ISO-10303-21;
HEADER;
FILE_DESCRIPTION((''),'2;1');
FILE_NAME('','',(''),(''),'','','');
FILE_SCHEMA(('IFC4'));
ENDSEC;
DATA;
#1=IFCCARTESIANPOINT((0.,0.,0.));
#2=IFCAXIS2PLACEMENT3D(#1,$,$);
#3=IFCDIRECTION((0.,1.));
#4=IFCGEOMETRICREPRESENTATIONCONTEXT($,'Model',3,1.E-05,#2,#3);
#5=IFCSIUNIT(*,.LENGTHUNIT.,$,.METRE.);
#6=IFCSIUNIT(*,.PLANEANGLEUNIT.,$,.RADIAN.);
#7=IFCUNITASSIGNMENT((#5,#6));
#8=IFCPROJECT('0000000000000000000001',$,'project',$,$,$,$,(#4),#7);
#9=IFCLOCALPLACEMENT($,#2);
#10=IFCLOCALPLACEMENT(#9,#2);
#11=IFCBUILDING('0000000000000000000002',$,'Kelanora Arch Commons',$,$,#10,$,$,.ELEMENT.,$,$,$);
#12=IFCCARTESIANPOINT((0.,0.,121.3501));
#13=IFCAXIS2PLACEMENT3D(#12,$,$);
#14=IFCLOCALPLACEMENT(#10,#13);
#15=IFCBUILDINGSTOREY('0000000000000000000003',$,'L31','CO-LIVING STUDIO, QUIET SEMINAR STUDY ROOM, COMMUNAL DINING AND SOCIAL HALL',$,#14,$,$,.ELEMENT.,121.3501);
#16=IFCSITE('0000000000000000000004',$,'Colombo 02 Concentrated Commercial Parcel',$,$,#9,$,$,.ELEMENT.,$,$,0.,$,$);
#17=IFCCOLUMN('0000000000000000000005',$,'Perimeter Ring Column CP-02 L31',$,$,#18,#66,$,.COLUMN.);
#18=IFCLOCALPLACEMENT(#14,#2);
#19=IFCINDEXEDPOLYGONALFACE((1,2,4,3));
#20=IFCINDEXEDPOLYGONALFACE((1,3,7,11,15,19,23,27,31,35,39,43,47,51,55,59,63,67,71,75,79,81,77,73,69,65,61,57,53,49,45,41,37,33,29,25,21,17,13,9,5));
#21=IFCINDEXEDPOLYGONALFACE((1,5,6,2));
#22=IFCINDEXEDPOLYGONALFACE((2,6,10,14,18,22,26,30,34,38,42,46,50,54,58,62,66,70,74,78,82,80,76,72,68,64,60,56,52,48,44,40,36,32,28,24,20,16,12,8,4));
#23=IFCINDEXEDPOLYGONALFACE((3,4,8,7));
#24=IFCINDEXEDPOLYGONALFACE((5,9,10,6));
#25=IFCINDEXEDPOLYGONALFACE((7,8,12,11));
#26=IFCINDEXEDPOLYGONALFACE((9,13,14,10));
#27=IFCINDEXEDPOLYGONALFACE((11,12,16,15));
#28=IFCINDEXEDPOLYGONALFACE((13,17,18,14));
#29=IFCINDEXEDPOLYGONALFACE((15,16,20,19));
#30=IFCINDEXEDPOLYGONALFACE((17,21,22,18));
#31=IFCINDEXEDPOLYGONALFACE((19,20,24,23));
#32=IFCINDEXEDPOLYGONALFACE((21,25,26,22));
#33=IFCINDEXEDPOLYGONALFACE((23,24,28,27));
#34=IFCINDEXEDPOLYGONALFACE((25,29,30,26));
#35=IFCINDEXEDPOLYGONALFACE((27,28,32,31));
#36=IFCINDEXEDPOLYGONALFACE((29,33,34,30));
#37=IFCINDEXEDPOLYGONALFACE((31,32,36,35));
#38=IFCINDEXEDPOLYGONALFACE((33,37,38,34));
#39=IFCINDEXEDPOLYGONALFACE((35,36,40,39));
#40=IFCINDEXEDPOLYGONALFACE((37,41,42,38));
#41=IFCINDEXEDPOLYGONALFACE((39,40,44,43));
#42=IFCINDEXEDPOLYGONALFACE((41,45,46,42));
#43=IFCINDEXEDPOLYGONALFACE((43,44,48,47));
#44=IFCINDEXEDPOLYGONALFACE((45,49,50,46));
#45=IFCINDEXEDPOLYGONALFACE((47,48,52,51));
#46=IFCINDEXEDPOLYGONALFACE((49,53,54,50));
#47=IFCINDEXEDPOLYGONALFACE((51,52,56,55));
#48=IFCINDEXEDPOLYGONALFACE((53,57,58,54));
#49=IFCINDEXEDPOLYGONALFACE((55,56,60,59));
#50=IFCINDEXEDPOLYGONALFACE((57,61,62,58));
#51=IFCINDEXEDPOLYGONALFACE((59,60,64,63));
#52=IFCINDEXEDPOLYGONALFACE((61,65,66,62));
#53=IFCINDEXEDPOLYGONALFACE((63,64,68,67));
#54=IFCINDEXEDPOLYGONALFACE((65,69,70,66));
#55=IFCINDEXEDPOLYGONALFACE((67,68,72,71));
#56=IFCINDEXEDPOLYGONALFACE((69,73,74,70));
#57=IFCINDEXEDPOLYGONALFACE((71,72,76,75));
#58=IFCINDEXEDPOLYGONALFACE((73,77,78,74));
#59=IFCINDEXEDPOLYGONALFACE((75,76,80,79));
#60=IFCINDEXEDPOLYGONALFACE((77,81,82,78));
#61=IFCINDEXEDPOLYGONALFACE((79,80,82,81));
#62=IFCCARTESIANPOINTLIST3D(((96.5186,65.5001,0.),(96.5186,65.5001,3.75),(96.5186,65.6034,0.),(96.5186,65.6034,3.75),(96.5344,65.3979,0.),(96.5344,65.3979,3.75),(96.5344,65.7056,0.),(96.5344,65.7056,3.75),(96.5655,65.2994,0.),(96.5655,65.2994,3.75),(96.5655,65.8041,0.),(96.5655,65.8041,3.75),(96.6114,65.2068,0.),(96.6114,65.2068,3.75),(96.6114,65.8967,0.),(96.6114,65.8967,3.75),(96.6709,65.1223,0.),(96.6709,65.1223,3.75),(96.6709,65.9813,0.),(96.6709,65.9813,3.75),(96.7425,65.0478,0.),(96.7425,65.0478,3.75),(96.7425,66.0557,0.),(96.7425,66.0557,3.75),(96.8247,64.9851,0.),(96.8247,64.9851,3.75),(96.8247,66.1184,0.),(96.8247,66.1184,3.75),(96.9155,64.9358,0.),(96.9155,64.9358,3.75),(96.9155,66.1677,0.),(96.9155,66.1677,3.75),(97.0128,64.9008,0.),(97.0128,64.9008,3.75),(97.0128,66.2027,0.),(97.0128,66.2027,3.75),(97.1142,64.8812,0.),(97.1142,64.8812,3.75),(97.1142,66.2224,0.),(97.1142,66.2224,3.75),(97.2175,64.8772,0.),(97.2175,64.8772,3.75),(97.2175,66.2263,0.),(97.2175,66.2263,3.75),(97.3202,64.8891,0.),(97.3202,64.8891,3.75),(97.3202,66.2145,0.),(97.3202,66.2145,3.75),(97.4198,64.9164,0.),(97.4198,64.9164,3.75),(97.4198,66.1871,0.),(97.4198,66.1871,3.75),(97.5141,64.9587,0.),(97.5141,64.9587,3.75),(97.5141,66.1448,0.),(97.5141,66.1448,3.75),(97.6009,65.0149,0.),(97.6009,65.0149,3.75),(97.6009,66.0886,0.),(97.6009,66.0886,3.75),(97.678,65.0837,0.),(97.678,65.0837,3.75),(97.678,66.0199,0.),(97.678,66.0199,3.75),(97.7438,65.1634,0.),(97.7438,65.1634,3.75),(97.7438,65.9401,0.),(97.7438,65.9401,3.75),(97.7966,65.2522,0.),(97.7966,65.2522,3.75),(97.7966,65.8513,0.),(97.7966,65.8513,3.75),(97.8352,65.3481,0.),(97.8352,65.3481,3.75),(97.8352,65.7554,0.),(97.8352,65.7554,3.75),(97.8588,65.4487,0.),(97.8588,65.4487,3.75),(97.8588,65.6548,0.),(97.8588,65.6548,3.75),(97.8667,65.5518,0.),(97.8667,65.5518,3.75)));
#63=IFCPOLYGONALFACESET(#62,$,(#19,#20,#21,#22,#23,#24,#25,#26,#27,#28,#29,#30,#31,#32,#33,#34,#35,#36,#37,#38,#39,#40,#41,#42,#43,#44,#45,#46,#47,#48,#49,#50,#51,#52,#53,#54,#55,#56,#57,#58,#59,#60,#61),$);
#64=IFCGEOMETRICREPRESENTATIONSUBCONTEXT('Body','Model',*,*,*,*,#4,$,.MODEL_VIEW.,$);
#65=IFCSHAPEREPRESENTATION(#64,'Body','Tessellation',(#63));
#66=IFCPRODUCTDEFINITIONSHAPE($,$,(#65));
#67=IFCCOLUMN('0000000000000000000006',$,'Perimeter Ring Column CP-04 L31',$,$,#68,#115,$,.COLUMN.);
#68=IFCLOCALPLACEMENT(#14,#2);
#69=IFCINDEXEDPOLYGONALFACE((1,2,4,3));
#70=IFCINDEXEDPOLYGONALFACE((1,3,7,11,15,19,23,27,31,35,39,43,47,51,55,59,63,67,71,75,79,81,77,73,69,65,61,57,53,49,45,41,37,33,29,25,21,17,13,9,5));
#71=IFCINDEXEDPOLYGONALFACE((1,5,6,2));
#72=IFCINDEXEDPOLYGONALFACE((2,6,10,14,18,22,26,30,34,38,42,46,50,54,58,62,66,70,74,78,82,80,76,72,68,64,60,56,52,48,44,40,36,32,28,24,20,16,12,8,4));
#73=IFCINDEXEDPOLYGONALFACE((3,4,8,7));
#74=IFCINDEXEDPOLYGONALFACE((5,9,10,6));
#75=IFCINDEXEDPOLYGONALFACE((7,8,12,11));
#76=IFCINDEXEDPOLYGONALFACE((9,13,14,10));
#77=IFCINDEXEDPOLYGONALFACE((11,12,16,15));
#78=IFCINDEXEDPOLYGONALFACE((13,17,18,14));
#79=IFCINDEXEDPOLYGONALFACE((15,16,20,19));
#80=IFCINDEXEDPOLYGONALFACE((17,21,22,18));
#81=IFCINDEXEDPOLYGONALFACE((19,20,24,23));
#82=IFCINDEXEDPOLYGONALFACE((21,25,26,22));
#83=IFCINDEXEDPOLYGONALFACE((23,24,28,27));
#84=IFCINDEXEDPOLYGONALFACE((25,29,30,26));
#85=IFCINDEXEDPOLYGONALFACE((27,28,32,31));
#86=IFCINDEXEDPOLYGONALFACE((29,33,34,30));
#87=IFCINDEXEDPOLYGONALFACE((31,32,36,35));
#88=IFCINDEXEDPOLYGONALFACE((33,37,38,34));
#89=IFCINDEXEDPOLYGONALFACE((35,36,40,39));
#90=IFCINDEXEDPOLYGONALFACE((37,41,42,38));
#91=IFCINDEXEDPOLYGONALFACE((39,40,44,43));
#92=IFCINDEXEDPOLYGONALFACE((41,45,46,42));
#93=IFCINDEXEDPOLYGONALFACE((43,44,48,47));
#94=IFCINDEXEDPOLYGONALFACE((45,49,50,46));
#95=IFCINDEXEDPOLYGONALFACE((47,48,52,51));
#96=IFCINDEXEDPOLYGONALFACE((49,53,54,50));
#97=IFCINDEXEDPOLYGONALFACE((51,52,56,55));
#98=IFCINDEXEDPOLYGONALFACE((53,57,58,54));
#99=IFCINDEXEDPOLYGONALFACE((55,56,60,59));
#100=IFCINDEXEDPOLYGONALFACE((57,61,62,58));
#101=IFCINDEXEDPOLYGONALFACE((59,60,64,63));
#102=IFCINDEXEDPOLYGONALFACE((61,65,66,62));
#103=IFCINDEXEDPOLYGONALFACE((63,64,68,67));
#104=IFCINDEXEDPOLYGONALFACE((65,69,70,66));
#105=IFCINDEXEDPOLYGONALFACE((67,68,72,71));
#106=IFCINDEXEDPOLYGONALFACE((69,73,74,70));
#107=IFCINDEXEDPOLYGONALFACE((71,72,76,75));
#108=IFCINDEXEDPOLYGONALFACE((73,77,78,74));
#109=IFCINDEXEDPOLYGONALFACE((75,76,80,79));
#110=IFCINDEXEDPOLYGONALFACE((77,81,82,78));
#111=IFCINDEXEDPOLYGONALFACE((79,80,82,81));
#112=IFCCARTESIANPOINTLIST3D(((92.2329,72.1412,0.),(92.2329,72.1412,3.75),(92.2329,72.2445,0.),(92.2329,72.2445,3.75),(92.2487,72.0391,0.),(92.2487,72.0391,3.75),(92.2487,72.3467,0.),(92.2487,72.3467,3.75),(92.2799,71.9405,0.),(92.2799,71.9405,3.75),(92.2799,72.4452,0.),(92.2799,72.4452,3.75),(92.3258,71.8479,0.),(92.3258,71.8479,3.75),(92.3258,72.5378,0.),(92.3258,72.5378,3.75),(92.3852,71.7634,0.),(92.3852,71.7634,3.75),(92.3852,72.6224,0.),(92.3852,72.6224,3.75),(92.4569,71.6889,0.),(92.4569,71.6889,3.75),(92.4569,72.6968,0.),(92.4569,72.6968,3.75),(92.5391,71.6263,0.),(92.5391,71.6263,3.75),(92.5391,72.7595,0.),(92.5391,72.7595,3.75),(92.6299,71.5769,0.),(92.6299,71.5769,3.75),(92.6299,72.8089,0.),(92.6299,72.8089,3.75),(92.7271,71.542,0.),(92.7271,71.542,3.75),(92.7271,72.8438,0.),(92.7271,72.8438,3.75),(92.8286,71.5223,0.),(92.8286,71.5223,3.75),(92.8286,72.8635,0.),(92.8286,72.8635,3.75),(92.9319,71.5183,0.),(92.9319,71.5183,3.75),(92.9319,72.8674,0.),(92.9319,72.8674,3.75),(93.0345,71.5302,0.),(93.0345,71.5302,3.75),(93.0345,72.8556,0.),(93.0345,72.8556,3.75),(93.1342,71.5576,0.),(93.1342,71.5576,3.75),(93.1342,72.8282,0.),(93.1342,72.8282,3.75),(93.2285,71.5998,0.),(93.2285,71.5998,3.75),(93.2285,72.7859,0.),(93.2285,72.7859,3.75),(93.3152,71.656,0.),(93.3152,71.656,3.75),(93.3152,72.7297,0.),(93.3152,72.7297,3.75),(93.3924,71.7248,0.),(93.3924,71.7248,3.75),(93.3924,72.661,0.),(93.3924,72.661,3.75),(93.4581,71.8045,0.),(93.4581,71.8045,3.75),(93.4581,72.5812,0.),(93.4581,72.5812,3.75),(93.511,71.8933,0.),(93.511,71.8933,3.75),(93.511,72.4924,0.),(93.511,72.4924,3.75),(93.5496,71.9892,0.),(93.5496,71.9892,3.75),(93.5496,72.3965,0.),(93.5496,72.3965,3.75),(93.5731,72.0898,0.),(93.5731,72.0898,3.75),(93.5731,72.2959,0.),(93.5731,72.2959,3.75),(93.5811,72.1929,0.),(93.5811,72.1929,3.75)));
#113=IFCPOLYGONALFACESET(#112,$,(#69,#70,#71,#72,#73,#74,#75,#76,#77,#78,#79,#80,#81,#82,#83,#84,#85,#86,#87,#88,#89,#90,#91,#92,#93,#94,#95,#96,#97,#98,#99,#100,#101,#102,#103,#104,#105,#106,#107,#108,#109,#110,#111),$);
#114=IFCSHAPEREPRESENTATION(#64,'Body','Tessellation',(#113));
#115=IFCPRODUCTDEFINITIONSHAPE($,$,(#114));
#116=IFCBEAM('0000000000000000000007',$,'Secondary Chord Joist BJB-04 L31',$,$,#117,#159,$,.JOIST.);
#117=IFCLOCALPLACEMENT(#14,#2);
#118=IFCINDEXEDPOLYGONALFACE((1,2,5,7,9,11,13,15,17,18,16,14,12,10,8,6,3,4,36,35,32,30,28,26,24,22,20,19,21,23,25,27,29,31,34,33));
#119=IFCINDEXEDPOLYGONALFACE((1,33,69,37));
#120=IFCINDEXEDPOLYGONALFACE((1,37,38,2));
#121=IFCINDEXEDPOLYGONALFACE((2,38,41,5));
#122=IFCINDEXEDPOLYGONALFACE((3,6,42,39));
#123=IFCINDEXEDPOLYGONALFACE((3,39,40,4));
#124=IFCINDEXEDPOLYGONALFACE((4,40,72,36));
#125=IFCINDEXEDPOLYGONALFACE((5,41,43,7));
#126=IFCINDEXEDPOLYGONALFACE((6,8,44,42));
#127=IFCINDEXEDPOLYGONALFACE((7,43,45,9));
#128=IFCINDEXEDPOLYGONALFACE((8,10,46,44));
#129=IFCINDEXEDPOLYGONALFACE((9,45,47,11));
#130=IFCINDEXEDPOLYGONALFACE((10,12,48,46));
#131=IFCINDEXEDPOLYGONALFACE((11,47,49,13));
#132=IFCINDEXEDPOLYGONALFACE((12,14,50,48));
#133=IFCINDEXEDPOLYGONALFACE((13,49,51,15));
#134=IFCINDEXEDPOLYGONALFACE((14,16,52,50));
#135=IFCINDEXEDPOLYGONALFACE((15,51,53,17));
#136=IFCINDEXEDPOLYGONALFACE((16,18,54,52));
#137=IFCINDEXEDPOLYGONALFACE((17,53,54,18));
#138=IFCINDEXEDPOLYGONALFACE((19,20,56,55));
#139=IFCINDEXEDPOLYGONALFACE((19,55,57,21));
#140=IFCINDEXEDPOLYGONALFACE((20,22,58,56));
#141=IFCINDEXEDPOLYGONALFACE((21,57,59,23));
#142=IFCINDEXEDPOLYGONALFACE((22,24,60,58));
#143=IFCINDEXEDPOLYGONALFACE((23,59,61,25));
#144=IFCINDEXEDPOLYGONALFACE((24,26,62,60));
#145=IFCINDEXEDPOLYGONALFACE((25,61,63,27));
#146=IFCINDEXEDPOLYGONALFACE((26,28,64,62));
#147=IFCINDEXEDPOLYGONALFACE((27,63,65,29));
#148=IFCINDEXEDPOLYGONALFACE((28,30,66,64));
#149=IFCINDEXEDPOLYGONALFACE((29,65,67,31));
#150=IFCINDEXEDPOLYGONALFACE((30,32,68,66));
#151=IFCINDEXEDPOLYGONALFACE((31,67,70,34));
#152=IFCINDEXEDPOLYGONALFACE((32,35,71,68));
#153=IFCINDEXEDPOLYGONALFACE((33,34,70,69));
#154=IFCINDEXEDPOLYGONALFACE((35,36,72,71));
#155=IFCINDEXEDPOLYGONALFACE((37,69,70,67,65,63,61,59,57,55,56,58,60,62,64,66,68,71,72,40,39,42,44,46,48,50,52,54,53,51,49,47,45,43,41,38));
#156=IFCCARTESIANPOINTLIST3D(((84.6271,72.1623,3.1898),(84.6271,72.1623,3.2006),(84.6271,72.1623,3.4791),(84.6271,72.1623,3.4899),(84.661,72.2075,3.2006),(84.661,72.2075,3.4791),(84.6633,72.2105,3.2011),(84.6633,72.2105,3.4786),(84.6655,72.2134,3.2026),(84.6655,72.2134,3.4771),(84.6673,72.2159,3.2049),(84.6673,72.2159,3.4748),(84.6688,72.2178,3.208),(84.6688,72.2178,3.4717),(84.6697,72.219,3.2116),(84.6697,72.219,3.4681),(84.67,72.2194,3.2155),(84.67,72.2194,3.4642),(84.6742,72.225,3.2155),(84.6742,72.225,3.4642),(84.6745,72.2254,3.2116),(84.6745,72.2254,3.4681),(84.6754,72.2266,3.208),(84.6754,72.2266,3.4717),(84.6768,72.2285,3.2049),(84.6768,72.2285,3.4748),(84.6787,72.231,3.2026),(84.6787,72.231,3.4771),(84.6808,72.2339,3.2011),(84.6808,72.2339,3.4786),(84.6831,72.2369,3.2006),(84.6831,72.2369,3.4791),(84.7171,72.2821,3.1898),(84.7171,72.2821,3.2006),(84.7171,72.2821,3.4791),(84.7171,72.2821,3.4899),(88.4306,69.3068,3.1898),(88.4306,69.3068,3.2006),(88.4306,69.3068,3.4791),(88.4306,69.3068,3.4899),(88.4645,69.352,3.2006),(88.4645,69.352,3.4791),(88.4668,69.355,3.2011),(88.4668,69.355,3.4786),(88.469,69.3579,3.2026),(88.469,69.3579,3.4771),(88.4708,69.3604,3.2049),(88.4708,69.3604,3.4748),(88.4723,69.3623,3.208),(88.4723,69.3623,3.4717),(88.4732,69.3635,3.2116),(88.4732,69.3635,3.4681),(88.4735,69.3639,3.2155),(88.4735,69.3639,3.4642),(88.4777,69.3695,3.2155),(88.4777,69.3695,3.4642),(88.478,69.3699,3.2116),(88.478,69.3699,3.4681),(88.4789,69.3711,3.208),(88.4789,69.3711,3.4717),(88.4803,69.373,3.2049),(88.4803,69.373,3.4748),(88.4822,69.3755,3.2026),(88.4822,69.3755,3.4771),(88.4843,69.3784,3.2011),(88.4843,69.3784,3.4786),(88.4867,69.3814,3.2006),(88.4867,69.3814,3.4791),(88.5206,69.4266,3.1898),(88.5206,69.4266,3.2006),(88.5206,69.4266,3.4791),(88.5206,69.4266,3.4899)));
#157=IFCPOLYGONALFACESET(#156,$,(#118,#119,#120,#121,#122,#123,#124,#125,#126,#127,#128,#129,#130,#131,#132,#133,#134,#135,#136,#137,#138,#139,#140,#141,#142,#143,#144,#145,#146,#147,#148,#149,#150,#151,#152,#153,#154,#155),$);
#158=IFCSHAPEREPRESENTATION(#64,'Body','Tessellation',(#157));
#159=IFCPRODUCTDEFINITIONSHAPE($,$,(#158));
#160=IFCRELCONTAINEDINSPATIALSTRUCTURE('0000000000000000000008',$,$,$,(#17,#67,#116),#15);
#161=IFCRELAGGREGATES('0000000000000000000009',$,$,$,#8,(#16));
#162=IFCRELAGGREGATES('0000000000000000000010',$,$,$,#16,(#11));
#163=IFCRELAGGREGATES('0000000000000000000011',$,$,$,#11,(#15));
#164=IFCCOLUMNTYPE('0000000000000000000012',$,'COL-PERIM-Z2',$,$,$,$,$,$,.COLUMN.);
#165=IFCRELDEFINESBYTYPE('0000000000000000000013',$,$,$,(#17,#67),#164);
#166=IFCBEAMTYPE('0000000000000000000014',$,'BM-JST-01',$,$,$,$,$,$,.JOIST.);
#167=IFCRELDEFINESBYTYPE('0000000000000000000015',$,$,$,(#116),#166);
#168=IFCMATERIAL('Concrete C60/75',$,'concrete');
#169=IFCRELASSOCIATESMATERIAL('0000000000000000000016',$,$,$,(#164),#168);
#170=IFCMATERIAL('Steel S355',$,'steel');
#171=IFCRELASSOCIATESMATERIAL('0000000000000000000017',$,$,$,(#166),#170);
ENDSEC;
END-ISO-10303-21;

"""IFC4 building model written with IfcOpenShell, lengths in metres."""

from ifc_helpers import new_model, si_unit, direction, frame, origin, origin_2d, place, context, subcontext, project, spatial, circle, i_section, extrude, material, material_profile, profile_set, type_object, element, save


model = new_model("IFC4")

# Units and contexts
model_context = context("Model", 3, precision=1e-05, world=origin(), true_north=direction((0.0, 1.0)))
body_context = subcontext(model_context, "Body", "Model", "MODEL_VIEW")
ifc_project = project(units=[si_unit("LENGTHUNIT", "METRE"), si_unit("PLANEANGLEUNIT", "RADIAN")], contexts=[model_context])

# Site, building, storey
site_placement = place(None, origin())
site = spatial("IfcSite", under=ifc_project, at=site_placement, Name="Colombo 02 Concentrated Commercial Parcel", CompositionType="ELEMENT", RefElevation=0.0)
building_placement = place(site_placement, origin())
building = spatial("IfcBuilding", under=site, at=building_placement, Name="Kelanora Arch Commons", CompositionType="ELEMENT")
storey_placement = place(building_placement, frame((0.0, 0.0, 121.3501)))
storey = spatial("IfcBuildingStorey", under=building, at=storey_placement, Name="L31", Description="CO-LIVING STUDIO, QUIET SEMINAR STUDY ROOM, COMMUNAL DINING AND SOCIAL HALL", CompositionType="ELEMENT", Elevation=121.3501)

# Columns
ifc_material_1 = material(Name="Concrete C60/75", Category="concrete")
ifc_material_profile_1 = material_profile(ifc_material_1, circle(Radius=0.675, at=origin_2d()), Name="RCC1350")
ifc_profile_set_1 = profile_set([ifc_material_profile_1], Name="Concrete C60/75")
column_type = type_object("IfcColumnType", Name="COL-PERIM-Z2", PredefinedType="COLUMN", material=ifc_profile_set_1)
for number, where, z_axis, x_axis, name in (
    (1, (97.1917, 65.5518, 0.0), (0.0, 0.0, 1.0), (1.0, 0.0, 0.0), "Perimeter Ring Column CP-02 L31"),
    (2, (92.906, 72.1929, 0.0), (0.0, 0.0, 1.0), (1.0, 0.0, 0.0), "Perimeter Ring Column CP-04 L31"),
):
    element("IfcColumn", number, at=place(storey_placement, frame(where, z_axis=z_axis, x_axis=x_axis)), inside=storey, type_object=column_type, Name=name, PredefinedType="COLUMN", context=body_context, shape_type="SweptSolid", body=[
        extrude(circle(Radius=0.675, at=origin_2d()), origin(), (0.0, 0.0, 1.0), 3.75),
    ])

# Beam
ifc_material_2 = material(Name="Steel S355", Category="steel")
ifc_material_profile_2 = material_profile(ifc_material_2, i_section(OverallWidth=0.1499, OverallDepth=0.3, WebThickness=0.0071, FlangeThickness=0.0107, FilletRadius=0.0149, at=origin_2d()), Name="IPE300")
ifc_profile_set_2 = profile_set([ifc_material_profile_2], Name="Steel S355")
beam_type_1 = type_object("IfcBeamType", Name="BM-JST-01", PredefinedType="JOIST", material=ifc_profile_set_2)
beam_1_placement = place(storey_placement, frame((88.4756, 69.3667, 3.3398), z_axis=(-0.79971, 0.600386, 0.0), x_axis=(-0.600386, -0.79971, 0.0)))
element("IfcBeam", 3, at=beam_1_placement, inside=storey, type_object=beam_type_1, Name="Secondary Chord Joist BJB-04 L31", PredefinedType="JOIST", context=body_context, shape_type="SweptSolid", body=[
    extrude(i_section(OverallWidth=0.1499, OverallDepth=0.3, WebThickness=0.0071, FlangeThickness=0.0107, FilletRadius=0.0149, at=origin_2d()), origin(), (0.0, 0.0, 1.0), 4.7561),
])

save(model, "model.ifc")
